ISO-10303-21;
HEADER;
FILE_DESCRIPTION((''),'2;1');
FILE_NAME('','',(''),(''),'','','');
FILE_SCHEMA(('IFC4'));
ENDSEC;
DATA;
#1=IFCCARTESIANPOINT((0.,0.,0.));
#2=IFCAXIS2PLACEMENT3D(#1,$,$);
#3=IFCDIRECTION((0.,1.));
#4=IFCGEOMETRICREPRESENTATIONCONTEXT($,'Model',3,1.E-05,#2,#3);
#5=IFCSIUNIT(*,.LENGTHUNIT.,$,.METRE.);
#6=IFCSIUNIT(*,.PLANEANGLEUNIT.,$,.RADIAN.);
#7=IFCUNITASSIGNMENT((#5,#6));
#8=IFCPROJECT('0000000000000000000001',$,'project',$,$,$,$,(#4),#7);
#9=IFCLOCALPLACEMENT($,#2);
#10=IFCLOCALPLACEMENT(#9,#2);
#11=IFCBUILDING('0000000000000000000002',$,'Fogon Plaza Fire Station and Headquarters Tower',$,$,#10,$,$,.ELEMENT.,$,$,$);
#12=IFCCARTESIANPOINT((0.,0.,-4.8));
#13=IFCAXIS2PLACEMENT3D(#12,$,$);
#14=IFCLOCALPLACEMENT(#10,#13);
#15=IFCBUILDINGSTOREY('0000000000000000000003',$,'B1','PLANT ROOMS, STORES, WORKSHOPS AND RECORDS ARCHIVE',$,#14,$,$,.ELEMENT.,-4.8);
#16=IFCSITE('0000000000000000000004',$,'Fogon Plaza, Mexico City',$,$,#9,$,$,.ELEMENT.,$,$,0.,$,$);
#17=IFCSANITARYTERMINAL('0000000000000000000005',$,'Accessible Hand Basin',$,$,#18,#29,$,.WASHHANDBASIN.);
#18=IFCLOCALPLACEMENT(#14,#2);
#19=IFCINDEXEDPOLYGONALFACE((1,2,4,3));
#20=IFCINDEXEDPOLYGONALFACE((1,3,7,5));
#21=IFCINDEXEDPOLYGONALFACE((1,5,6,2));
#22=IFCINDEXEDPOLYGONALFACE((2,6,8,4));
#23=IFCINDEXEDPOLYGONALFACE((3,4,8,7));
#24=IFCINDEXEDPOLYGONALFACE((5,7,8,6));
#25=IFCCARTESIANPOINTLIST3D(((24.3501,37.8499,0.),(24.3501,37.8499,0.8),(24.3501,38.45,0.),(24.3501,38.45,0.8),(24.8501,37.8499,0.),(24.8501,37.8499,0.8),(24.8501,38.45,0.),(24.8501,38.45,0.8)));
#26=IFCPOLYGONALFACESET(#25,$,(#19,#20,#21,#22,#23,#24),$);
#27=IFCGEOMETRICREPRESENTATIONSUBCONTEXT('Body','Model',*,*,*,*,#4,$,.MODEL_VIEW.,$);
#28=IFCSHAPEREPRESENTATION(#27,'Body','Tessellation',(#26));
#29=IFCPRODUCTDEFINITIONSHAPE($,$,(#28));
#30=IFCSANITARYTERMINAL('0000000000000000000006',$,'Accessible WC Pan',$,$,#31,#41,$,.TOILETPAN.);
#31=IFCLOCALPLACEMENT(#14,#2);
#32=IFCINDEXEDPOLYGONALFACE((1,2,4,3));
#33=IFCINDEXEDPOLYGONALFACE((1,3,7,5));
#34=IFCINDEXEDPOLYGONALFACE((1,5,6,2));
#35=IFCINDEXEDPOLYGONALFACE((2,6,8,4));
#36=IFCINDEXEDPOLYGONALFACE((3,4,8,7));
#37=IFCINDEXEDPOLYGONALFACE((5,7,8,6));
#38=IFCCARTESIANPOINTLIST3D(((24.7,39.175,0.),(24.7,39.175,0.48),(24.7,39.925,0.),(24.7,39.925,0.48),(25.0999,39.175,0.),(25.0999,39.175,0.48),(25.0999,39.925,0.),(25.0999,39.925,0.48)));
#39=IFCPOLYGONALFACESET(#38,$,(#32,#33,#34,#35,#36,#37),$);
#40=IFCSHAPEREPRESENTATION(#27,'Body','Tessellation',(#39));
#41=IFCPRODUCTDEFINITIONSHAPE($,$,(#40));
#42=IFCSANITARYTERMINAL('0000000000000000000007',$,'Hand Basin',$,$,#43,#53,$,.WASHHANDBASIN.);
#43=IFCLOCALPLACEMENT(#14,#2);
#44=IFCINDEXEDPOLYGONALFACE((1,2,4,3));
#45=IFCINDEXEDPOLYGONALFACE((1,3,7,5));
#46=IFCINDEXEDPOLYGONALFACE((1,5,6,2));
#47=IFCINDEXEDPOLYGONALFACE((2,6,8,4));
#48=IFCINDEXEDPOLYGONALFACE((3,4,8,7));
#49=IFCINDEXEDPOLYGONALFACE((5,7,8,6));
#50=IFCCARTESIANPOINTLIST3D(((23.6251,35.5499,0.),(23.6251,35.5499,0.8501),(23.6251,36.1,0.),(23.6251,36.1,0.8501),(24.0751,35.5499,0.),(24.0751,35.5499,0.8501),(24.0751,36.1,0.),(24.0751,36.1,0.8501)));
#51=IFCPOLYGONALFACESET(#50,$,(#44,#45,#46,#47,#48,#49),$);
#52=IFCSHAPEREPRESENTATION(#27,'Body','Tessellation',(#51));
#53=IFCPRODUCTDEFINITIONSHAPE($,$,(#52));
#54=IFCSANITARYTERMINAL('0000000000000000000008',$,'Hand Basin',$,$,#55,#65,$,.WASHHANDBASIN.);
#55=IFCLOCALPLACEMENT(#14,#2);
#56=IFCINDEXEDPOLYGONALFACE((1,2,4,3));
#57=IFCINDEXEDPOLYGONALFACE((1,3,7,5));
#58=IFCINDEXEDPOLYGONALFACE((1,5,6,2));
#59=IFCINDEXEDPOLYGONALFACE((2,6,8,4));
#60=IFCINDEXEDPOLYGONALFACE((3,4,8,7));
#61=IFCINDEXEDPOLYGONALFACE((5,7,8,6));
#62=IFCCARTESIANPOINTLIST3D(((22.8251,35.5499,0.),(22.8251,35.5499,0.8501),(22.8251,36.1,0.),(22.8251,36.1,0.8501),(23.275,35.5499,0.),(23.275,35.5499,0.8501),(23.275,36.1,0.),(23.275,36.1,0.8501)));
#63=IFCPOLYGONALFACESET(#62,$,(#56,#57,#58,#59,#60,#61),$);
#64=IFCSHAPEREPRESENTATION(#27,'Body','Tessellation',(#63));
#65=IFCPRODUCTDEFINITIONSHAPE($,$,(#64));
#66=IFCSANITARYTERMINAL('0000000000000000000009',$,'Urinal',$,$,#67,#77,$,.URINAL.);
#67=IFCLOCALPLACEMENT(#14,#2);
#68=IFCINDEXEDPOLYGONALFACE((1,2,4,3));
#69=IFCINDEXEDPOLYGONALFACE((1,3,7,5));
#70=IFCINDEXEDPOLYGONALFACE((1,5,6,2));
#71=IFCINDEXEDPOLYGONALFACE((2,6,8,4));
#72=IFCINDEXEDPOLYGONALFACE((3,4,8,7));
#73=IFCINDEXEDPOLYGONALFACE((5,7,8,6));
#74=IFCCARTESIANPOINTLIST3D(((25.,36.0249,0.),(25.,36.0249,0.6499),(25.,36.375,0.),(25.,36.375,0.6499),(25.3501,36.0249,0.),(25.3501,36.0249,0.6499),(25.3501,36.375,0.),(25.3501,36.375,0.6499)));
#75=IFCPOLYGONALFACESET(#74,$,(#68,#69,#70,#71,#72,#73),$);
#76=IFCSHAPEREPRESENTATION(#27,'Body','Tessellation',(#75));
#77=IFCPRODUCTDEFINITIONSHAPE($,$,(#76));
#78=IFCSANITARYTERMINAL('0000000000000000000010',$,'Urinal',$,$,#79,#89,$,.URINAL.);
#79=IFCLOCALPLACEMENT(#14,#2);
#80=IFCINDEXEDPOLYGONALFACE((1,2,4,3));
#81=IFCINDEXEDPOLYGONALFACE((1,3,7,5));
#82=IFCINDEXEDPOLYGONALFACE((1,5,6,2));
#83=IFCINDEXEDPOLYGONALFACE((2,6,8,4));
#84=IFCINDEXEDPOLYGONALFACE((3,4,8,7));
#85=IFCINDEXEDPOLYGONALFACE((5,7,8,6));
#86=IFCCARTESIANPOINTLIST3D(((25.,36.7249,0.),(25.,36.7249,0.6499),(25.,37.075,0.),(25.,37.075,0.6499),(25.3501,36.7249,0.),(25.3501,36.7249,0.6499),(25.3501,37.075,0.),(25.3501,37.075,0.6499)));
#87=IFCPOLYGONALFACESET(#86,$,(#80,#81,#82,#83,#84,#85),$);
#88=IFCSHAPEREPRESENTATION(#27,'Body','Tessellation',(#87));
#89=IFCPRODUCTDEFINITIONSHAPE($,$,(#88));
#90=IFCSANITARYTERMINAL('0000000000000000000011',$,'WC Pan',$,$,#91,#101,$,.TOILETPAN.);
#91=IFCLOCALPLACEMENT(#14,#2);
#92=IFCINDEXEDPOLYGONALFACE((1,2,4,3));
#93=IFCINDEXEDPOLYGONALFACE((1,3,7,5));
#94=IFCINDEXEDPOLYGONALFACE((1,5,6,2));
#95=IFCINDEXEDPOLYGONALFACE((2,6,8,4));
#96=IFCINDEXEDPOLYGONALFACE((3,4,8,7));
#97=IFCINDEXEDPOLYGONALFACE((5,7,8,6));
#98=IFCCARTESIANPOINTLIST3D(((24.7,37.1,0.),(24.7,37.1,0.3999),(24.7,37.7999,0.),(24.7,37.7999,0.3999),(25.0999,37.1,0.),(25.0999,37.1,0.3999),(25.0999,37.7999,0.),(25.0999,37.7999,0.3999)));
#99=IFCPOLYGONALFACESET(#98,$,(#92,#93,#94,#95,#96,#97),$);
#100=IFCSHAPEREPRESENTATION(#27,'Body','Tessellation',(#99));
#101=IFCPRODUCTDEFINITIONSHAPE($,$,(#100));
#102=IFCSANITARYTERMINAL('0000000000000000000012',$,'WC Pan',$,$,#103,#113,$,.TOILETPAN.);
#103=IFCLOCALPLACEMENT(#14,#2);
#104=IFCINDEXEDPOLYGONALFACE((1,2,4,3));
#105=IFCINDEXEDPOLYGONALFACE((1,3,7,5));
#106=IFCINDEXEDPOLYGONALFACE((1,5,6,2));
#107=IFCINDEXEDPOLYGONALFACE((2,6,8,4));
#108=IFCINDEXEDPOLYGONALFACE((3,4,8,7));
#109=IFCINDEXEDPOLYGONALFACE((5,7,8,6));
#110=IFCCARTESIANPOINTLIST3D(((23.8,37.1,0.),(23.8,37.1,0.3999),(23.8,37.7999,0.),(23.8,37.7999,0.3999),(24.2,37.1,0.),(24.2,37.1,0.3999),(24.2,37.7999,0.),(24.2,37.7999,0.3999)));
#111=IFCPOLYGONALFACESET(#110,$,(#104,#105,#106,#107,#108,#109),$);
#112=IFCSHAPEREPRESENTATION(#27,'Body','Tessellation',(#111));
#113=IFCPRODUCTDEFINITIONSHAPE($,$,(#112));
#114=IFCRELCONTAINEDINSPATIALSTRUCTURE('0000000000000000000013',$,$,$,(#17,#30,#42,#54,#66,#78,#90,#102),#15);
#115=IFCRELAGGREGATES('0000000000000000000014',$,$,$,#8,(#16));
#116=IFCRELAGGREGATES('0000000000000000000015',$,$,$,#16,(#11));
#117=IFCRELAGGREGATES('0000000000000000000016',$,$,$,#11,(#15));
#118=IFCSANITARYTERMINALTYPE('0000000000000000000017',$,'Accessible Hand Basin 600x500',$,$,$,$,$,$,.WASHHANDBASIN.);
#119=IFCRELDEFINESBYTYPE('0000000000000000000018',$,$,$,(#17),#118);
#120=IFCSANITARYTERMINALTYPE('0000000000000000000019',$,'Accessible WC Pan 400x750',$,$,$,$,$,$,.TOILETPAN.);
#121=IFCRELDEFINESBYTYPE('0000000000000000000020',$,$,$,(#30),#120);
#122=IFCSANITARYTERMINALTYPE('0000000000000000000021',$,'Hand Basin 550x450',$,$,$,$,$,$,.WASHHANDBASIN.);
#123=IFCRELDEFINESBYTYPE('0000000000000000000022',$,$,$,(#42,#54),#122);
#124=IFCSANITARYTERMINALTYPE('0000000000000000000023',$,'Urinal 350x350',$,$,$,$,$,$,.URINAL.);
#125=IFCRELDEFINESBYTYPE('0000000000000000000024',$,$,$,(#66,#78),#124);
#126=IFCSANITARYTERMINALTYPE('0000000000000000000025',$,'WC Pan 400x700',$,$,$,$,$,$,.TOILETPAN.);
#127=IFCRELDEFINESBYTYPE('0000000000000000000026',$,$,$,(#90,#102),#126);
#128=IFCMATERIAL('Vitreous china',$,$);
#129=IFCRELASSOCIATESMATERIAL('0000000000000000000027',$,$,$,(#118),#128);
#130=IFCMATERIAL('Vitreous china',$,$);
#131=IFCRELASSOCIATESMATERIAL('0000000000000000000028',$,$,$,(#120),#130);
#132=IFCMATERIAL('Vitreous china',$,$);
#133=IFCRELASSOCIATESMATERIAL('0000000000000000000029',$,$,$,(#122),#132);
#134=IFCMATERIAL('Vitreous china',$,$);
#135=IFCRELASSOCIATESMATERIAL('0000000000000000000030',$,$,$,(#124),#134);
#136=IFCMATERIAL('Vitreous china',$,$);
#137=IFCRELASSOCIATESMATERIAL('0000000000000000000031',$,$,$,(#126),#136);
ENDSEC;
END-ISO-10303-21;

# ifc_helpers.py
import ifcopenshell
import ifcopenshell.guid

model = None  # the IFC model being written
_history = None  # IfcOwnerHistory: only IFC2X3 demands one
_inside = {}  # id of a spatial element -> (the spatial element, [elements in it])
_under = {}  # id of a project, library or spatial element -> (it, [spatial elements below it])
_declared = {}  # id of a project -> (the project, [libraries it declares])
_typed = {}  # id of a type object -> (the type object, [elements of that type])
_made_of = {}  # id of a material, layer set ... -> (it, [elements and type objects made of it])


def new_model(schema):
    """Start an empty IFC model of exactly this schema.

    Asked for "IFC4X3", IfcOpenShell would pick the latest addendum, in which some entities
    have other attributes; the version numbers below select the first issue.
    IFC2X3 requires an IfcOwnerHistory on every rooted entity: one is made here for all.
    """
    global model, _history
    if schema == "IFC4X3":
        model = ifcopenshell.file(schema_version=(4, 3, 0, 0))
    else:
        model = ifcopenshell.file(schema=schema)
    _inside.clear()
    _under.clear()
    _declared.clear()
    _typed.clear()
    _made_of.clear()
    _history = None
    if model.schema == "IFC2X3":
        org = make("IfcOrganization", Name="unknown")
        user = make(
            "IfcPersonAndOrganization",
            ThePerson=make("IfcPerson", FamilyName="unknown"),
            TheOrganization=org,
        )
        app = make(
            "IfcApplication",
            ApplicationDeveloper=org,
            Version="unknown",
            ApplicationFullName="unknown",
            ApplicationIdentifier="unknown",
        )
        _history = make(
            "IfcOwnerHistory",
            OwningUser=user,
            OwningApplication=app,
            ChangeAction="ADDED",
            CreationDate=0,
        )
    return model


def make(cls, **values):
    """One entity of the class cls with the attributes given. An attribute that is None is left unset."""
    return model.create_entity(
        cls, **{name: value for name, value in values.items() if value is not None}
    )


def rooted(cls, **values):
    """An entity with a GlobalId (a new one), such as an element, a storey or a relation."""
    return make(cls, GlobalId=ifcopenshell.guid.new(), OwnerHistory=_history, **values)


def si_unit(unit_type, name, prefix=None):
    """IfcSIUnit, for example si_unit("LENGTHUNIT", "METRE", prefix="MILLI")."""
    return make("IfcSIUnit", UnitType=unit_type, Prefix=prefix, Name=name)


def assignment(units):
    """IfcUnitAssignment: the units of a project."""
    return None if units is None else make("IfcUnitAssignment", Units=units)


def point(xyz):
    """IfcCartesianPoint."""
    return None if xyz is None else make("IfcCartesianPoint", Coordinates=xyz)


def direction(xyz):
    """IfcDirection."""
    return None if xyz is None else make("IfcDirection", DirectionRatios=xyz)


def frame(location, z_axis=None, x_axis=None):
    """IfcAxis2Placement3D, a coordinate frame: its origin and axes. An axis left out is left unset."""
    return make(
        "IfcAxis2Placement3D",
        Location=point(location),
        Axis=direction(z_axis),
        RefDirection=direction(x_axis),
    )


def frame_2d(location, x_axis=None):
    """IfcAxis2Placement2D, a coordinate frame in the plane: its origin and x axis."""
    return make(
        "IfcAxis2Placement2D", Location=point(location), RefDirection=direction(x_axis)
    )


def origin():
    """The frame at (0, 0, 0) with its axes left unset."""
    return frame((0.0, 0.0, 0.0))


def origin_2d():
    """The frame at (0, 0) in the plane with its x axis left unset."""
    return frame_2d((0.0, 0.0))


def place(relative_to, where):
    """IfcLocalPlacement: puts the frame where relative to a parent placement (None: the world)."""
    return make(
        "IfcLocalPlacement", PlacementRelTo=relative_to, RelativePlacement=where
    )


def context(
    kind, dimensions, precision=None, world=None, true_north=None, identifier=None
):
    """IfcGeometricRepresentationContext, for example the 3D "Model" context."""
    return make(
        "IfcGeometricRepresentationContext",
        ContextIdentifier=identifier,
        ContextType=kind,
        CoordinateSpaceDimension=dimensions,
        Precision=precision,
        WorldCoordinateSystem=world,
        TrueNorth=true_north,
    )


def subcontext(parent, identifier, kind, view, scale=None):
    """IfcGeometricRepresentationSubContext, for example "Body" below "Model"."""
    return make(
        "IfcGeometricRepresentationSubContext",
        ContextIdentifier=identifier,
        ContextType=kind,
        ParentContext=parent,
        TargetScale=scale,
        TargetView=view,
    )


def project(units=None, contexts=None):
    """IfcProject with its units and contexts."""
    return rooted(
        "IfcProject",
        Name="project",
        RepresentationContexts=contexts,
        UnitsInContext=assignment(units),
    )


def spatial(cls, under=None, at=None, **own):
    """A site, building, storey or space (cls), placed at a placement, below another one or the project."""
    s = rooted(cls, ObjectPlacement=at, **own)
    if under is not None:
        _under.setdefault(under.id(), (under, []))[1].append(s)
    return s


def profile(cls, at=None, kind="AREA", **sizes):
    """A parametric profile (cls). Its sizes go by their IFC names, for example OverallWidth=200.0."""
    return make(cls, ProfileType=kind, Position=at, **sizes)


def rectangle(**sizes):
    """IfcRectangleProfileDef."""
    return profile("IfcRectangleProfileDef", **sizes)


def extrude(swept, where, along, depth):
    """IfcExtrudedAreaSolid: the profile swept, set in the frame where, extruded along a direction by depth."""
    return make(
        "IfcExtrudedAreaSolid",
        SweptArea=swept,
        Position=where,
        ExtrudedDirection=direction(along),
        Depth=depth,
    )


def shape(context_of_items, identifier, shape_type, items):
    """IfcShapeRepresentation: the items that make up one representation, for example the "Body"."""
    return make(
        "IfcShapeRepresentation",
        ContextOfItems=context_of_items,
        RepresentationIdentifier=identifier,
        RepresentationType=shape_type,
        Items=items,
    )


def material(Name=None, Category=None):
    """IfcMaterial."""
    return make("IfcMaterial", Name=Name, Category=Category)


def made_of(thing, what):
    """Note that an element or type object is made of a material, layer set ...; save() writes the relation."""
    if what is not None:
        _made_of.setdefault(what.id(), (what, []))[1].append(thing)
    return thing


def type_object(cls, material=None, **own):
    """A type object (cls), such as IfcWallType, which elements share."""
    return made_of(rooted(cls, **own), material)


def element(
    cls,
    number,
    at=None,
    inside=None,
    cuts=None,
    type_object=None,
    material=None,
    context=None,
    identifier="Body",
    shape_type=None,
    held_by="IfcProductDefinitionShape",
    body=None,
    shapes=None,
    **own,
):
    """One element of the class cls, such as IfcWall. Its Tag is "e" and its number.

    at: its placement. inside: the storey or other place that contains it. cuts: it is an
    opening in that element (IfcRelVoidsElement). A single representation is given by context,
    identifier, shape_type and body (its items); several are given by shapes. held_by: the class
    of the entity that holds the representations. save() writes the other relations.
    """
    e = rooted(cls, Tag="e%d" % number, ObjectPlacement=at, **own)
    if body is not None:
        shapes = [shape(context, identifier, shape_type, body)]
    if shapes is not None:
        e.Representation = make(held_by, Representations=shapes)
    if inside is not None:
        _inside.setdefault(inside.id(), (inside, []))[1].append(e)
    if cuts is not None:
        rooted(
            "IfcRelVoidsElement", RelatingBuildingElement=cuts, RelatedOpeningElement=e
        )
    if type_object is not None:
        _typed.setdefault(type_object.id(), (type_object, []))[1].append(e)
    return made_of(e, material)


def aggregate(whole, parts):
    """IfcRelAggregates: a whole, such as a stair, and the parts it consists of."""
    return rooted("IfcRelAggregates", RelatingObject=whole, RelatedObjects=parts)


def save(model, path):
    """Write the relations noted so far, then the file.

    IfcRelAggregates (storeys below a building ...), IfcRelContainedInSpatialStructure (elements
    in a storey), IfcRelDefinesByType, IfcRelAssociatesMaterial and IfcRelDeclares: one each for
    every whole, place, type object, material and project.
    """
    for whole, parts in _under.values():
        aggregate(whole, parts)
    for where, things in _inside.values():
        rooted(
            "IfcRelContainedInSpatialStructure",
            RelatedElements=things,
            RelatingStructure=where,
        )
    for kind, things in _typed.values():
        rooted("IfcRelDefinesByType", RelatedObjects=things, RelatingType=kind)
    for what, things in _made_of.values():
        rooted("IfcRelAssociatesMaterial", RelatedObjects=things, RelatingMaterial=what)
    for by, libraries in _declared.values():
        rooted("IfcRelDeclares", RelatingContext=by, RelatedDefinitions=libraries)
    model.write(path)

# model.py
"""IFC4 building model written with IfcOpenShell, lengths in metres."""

from ifc_helpers import new_model, si_unit, direction, frame, origin, origin_2d, place, context, subcontext, project, spatial, rectangle, extrude, material, type_object, element, save


model = new_model("IFC4")

# Units and contexts
model_context = context("Model", 3, precision=1e-05, world=origin(), true_north=direction((0.0, 1.0)))
body_context = subcontext(model_context, "Body", "Model", "MODEL_VIEW")
ifc_project = project(units=[si_unit("LENGTHUNIT", "METRE"), si_unit("PLANEANGLEUNIT", "RADIAN")], contexts=[model_context])

# Site, building, storey
site_placement = place(None, origin())
site = spatial("IfcSite", under=ifc_project, at=site_placement, Name="Fogon Plaza, Mexico City", CompositionType="ELEMENT", RefElevation=0.0)
building_placement = place(site_placement, origin())
building = spatial("IfcBuilding", under=site, at=building_placement, Name="Fogon Plaza Fire Station and Headquarters Tower", CompositionType="ELEMENT")
storey_placement = place(building_placement, frame((0.0, 0.0, -4.8)))
storey = spatial("IfcBuildingStorey", under=building, at=storey_placement, Name="B1", Description="PLANT ROOMS, STORES, WORKSHOPS AND RECORDS ARCHIVE", CompositionType="ELEMENT", Elevation=-4.8)

# Sanitary terminals
ifc_material_1 = material(Name="Vitreous china")
sanitary_terminal_type_1 = type_object("IfcSanitaryTerminalType", Name="Accessible Hand Basin 600x500", PredefinedType="WASHHANDBASIN", material=ifc_material_1)
sanitary_terminal_1_placement = place(storey_placement, frame((24.6001, 38.1499, 0.0), z_axis=(0.0, 0.0, 1.0), x_axis=(1.0, 0.0, 0.0)))
element("IfcSanitaryTerminal", 1, at=sanitary_terminal_1_placement, inside=storey, type_object=sanitary_terminal_type_1, Name="Accessible Hand Basin", PredefinedType="WASHHANDBASIN", context=body_context, shape_type="SweptSolid", body=[
    extrude(rectangle(XDim=0.5, YDim=0.6001, at=origin_2d()), origin(), (0.0, 0.0, 1.0), 0.8),
])
ifc_material_2 = material(Name="Vitreous china")
sanitary_terminal_type_2 = type_object("IfcSanitaryTerminalType", Name="Accessible WC Pan 400x750", PredefinedType="TOILETPAN", material=ifc_material_2)
sanitary_terminal_2_placement = place(storey_placement, frame((24.8999, 39.55, 0.0), z_axis=(0.0, 0.0, 1.0), x_axis=(1.0, 0.0, 0.0)))
element("IfcSanitaryTerminal", 2, at=sanitary_terminal_2_placement, inside=storey, type_object=sanitary_terminal_type_2, Name="Accessible WC Pan", PredefinedType="TOILETPAN", context=body_context, shape_type="SweptSolid", body=[
    extrude(rectangle(XDim=0.3999, YDim=0.75, at=origin_2d()), origin(), (0.0, 0.0, 1.0), 0.48),
])
ifc_material_3 = material(Name="Vitreous china")
sanitary_terminal_type_3 = type_object("IfcSanitaryTerminalType", Name="Hand Basin 550x450", PredefinedType="WASHHANDBASIN", material=ifc_material_3)
for number, where, z_axis, x_axis, name in (
    (3, (23.8501, 35.825, 0.0), (0.0, 0.0, 1.0), (1.0, 0.0, 0.0), "Hand Basin"),
    (4, (23.05, 35.825, 0.0), (0.0, 0.0, 1.0), (1.0, 0.0, 0.0), "Hand Basin"),
):
    element("IfcSanitaryTerminal", number, at=place(storey_placement, frame(where, z_axis=z_axis, x_axis=x_axis)), inside=storey, type_object=sanitary_terminal_type_3, Name=name, PredefinedType="WASHHANDBASIN", context=body_context, shape_type="SweptSolid", body=[
        extrude(rectangle(XDim=0.45, YDim=0.55, at=origin_2d()), origin(), (0.0, 0.0, 1.0), 0.8501),
    ])
ifc_material_4 = material(Name="Vitreous china")
sanitary_terminal_type_4 = type_object("IfcSanitaryTerminalType", Name="Urinal 350x350", PredefinedType="URINAL", material=ifc_material_4)
for number, where, z_axis, x_axis, name in (
    (5, (25.175, 36.2, 0.0), (0.0, 0.0, 1.0), (1.0, 0.0, 0.0), "Urinal"),
    (6, (25.175, 36.8999, 0.0), (0.0, 0.0, 1.0), (1.0, 0.0, 0.0), "Urinal"),
):
    element("IfcSanitaryTerminal", number, at=place(storey_placement, frame(where, z_axis=z_axis, x_axis=x_axis)), inside=storey, type_object=sanitary_terminal_type_4, Name=name, PredefinedType="URINAL", context=body_context, shape_type="SweptSolid", body=[
        extrude(rectangle(XDim=0.3501, YDim=0.3501, at=origin_2d()), origin(), (0.0, 0.0, 1.0), 0.6499),
    ])
ifc_material_5 = material(Name="Vitreous china")
sanitary_terminal_type_5 = type_object("IfcSanitaryTerminalType", Name="WC Pan 400x700", PredefinedType="TOILETPAN", material=ifc_material_5)
for number, where, z_axis, x_axis, name in (
    (7, (24.8999, 37.45, 0.0), (0.0, 0.0, 1.0), (1.0, 0.0, 0.0), "WC Pan"),
    (8, (24.0, 37.45, 0.0), (0.0, 0.0, 1.0), (1.0, 0.0, 0.0), "WC Pan"),
):
    element("IfcSanitaryTerminal", number, at=place(storey_placement, frame(where, z_axis=z_axis, x_axis=x_axis)), inside=storey, type_object=sanitary_terminal_type_5, Name=name, PredefinedType="TOILETPAN", context=body_context, shape_type="SweptSolid", body=[
        extrude(rectangle(XDim=0.3999, YDim=0.7, at=origin_2d()), origin(), (0.0, 0.0, 1.0), 0.3999),
    ])

save(model, "model.ifc")
